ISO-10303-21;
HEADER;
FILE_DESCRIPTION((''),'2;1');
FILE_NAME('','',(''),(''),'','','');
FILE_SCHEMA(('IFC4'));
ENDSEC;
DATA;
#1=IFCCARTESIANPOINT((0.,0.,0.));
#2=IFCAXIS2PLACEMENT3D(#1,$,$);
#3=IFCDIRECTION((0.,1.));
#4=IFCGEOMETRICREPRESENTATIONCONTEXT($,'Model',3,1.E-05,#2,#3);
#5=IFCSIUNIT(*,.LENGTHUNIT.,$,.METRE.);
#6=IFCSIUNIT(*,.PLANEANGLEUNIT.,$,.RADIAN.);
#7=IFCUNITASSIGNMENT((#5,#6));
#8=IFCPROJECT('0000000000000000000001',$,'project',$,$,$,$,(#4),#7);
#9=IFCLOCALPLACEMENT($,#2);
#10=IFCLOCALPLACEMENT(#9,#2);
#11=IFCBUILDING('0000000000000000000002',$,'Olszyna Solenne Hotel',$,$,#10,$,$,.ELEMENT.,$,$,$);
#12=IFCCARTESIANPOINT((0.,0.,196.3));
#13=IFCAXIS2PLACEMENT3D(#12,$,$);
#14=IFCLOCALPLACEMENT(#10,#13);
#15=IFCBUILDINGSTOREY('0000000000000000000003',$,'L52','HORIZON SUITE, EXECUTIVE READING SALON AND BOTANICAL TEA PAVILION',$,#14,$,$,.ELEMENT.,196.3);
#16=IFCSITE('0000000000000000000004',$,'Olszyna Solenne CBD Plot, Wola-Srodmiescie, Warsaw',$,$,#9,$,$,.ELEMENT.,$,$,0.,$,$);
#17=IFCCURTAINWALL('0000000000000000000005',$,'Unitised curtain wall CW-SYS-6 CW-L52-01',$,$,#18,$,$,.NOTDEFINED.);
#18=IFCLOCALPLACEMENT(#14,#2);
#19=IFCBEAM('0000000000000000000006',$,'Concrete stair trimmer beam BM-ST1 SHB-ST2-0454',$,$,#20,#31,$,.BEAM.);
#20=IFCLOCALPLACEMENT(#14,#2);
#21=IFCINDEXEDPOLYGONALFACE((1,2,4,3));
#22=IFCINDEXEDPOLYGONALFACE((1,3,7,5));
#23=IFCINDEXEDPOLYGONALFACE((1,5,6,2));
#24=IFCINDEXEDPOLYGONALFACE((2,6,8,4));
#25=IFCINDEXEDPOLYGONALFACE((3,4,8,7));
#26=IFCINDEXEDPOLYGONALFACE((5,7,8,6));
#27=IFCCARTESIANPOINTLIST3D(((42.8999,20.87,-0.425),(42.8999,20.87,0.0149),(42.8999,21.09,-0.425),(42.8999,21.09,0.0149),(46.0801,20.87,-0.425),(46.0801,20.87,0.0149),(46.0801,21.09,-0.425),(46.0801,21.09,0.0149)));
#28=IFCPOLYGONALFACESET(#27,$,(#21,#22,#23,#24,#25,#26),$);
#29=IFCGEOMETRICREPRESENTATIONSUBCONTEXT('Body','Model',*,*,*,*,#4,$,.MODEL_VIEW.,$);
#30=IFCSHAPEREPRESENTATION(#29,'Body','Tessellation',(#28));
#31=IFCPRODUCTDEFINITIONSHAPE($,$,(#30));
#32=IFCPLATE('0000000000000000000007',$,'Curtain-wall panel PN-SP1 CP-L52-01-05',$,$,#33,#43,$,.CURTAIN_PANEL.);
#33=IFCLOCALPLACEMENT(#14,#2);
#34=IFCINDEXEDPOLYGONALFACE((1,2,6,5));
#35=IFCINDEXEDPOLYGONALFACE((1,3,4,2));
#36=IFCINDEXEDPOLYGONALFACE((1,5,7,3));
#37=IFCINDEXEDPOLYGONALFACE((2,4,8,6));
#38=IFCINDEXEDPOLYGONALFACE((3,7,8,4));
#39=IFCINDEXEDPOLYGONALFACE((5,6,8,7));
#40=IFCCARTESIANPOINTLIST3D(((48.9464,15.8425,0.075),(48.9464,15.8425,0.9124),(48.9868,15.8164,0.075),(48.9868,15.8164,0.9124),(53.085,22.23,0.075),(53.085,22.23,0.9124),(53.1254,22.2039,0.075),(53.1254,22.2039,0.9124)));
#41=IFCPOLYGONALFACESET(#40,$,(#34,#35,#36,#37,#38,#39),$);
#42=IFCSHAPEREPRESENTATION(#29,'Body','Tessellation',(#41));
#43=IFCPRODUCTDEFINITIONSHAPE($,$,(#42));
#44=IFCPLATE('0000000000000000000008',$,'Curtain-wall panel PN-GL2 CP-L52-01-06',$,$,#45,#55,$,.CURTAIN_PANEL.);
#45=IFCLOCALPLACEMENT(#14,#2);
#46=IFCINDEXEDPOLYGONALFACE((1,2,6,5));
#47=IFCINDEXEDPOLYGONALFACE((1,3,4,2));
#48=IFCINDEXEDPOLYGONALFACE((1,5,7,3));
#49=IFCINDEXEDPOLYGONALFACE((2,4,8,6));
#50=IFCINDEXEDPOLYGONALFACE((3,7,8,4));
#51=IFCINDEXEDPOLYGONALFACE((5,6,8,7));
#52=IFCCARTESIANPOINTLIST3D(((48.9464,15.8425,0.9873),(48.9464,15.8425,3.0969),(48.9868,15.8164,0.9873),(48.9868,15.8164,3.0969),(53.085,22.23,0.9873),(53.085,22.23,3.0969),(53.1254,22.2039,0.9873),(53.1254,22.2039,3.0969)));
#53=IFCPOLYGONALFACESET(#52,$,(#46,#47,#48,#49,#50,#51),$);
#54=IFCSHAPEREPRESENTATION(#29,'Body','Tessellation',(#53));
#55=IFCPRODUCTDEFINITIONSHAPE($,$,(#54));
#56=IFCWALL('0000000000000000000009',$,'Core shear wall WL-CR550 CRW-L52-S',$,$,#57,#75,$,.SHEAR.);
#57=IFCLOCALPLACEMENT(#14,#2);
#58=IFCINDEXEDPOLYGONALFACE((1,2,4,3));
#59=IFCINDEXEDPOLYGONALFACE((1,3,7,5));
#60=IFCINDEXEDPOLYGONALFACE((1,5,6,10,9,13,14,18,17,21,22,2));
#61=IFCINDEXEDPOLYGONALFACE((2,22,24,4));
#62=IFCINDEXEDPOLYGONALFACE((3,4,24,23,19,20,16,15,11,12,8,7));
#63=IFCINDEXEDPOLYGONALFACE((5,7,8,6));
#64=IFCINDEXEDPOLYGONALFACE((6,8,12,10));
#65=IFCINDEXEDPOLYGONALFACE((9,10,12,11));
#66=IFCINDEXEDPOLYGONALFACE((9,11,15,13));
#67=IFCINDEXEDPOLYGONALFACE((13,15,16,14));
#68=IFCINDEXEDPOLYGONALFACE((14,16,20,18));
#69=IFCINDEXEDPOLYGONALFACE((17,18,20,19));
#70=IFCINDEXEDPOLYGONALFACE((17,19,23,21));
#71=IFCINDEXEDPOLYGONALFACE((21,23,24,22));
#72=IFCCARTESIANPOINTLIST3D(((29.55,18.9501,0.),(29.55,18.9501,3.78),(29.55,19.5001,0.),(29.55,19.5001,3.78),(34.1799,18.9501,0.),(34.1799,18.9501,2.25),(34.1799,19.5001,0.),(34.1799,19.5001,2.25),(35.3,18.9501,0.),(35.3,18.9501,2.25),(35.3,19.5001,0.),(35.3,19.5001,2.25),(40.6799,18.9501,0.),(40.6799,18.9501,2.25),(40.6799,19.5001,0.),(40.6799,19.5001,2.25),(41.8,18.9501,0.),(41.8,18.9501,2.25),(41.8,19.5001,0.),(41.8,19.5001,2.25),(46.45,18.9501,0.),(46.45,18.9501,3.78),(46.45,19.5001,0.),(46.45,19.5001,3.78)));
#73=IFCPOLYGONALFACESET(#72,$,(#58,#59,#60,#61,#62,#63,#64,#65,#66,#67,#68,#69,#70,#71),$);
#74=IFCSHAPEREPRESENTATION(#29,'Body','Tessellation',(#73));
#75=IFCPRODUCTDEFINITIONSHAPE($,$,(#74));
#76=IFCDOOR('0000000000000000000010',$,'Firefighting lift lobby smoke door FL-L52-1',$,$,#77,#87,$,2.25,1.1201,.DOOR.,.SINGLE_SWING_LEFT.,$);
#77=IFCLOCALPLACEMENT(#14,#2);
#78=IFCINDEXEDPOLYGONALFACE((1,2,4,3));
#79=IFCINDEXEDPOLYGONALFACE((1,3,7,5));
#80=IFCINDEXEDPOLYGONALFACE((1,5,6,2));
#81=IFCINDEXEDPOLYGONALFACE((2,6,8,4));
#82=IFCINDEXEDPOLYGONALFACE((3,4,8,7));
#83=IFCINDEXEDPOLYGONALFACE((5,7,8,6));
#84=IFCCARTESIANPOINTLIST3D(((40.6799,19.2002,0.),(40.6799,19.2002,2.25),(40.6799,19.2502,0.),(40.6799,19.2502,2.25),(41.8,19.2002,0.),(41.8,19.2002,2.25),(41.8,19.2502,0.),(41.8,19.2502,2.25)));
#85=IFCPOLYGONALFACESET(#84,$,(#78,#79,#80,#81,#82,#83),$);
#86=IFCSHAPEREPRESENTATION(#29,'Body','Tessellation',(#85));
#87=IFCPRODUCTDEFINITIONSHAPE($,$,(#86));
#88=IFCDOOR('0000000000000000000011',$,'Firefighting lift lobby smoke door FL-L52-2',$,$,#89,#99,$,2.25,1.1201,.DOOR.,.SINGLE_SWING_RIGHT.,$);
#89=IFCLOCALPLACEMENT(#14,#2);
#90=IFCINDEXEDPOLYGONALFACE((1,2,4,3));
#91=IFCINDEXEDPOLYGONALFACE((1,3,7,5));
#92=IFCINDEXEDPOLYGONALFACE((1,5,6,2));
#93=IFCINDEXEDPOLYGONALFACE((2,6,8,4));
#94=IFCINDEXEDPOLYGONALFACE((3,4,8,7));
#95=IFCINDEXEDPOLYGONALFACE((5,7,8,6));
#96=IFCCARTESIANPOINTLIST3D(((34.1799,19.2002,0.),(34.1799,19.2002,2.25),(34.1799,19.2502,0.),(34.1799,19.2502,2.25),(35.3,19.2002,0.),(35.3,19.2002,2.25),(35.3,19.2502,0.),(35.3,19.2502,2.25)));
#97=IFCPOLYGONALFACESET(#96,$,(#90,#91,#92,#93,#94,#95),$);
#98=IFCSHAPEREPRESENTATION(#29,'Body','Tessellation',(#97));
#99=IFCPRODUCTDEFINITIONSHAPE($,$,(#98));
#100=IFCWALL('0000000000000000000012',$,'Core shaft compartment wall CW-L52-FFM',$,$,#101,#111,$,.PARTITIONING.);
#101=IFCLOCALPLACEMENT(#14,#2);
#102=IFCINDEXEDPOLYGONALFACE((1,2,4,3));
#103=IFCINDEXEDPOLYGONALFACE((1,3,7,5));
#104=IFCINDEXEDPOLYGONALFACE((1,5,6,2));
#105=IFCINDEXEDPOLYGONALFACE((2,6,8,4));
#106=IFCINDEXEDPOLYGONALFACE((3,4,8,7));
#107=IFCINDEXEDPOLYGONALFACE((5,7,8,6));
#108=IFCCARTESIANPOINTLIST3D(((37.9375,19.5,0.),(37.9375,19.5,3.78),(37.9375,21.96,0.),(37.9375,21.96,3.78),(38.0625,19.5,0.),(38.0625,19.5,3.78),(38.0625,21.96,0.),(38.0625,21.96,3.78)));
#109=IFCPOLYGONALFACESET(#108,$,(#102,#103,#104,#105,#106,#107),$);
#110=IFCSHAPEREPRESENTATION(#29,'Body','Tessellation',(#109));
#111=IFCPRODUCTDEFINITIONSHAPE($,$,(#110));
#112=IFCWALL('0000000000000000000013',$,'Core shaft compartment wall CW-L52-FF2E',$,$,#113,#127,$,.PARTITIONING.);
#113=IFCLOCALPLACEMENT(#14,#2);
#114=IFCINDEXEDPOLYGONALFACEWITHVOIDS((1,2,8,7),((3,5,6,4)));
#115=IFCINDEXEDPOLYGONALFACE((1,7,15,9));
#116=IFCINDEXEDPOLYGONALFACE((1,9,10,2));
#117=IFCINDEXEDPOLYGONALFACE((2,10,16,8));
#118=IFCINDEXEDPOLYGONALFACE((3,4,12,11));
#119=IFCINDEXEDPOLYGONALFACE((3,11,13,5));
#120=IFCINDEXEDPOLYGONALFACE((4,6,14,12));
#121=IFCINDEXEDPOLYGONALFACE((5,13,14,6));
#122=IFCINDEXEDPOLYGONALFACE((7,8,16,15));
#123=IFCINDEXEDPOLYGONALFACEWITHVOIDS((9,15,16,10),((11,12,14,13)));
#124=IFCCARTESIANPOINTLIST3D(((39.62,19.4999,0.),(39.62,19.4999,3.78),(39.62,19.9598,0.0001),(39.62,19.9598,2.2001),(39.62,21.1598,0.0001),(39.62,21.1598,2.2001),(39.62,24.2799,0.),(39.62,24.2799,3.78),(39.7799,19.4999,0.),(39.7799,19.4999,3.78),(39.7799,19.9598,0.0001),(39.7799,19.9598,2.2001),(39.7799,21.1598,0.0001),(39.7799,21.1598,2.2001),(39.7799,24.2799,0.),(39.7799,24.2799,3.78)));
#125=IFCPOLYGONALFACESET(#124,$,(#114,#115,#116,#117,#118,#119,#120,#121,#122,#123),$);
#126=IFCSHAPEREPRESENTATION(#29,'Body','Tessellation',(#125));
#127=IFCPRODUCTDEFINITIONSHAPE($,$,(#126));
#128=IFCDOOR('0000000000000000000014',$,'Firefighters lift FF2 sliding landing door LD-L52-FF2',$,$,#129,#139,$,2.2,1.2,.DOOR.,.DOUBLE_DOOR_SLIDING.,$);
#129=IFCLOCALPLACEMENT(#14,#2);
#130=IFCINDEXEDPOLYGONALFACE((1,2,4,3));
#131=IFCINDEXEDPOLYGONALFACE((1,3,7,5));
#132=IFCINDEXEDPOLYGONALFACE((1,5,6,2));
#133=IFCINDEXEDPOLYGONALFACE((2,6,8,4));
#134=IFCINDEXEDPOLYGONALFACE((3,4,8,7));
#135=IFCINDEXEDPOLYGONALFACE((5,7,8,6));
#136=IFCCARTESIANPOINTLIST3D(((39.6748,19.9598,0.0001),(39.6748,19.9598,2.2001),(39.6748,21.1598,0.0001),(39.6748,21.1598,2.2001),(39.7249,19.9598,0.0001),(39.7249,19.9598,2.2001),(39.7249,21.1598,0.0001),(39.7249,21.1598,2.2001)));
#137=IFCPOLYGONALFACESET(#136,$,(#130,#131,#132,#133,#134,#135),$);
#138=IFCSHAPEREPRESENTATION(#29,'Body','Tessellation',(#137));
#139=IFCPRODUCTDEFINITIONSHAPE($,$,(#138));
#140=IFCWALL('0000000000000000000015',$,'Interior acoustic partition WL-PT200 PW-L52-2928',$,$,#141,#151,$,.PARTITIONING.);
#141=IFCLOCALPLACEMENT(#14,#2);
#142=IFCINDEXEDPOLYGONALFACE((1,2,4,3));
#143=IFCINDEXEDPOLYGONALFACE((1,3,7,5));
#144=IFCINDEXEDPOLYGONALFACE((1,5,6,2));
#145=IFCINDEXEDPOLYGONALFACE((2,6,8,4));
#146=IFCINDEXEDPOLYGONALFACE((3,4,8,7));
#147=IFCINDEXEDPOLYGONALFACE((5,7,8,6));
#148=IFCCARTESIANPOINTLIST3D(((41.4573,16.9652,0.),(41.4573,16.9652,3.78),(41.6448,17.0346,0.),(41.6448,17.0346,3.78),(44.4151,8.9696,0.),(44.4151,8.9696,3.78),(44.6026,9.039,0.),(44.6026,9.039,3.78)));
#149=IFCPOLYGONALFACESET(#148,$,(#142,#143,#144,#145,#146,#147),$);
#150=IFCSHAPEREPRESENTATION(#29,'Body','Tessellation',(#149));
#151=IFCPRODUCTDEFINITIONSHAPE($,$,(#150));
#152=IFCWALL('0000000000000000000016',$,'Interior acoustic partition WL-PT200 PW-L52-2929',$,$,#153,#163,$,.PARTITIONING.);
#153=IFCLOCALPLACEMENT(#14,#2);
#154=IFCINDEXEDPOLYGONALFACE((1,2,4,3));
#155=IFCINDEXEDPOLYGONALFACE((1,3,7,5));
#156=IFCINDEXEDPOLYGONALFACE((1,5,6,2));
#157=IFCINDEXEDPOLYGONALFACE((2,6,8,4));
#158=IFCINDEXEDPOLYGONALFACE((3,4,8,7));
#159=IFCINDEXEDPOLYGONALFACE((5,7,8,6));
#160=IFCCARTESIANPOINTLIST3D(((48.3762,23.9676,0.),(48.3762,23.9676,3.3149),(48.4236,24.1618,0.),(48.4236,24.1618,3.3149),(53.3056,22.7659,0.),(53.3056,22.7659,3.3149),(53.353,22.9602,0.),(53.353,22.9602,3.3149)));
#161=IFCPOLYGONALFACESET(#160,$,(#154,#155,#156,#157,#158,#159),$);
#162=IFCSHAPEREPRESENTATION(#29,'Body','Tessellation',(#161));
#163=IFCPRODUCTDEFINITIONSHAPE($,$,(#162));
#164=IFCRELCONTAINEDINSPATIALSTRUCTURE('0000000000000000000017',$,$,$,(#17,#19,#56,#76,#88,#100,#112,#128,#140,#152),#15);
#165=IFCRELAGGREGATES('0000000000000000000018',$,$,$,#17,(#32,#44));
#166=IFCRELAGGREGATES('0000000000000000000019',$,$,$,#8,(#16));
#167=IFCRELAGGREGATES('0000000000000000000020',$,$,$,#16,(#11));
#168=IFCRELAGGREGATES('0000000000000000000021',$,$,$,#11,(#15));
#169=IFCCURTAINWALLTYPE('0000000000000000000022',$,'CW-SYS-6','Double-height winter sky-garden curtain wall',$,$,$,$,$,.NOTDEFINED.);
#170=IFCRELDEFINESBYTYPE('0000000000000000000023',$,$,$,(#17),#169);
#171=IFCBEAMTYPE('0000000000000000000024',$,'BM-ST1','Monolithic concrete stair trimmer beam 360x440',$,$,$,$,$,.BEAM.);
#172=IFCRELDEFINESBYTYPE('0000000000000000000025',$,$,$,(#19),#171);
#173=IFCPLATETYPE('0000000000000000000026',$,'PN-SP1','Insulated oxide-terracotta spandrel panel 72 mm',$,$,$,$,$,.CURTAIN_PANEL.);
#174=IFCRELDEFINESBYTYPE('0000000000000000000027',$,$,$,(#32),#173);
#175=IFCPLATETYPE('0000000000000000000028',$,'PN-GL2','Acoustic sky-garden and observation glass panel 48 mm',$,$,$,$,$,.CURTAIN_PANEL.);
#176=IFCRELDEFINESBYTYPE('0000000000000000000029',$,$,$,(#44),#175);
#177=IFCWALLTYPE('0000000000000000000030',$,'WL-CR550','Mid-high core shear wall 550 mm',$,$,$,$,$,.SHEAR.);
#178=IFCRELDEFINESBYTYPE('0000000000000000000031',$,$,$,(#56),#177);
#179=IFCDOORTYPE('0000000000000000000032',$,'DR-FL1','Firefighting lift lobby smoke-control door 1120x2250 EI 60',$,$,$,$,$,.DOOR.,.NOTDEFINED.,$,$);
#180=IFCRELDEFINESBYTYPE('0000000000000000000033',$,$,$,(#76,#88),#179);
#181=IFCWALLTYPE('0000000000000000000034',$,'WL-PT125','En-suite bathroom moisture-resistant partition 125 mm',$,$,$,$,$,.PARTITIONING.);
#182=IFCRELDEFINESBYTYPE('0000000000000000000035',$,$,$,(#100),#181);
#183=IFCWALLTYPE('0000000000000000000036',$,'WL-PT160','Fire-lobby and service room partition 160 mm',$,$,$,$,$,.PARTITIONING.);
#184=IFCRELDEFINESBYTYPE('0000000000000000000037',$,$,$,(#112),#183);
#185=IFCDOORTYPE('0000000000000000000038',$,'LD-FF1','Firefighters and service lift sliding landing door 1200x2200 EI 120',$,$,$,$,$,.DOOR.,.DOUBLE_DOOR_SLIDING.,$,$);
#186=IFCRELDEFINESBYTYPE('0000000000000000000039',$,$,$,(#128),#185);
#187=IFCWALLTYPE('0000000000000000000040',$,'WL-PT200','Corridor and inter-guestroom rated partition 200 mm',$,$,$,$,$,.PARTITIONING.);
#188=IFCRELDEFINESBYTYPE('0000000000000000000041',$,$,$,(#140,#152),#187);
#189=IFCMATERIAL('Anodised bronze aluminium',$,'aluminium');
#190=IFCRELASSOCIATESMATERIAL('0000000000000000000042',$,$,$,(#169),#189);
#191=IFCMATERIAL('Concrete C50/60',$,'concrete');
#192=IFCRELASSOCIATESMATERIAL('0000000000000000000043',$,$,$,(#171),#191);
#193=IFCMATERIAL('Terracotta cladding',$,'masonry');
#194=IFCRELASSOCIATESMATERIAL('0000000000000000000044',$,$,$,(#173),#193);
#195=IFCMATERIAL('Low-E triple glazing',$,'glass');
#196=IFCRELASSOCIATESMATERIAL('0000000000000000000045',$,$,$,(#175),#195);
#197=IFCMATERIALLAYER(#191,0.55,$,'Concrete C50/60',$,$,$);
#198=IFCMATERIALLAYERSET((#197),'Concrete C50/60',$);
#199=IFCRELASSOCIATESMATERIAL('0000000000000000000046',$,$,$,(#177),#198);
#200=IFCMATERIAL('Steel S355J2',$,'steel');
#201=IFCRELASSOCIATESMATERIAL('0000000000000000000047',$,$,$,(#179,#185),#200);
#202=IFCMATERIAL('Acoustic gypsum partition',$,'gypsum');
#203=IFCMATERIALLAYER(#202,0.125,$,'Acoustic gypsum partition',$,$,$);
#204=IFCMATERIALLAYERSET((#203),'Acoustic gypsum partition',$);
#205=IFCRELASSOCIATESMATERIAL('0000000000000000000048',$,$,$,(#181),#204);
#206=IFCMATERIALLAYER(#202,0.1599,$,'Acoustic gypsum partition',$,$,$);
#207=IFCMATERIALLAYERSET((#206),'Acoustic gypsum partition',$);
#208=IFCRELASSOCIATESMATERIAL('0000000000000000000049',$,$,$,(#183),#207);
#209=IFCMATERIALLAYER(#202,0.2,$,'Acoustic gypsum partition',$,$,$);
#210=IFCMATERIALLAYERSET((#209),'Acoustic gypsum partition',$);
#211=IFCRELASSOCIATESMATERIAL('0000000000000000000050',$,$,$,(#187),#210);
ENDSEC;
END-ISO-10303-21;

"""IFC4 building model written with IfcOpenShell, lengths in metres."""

from ifc_helpers import new_model, si_unit, direction, frame, frame_2d, origin, origin_2d, place, context, subcontext, project, spatial, rectangle, extrude, source, transform, mapped, material, layer, layer_set, material_profile, profile_set, type_object, type_shapes, element, fill, aggregate, save


model = new_model("IFC4")

# Units and contexts
model_context = context("Model", 3, precision=1e-05, world=origin(), true_north=direction((0.0, 1.0)))
body_context = subcontext(model_context, "Body", "Model", "MODEL_VIEW")
ifc_project = project(units=[si_unit("LENGTHUNIT", "METRE"), si_unit("PLANEANGLEUNIT", "RADIAN")], contexts=[model_context])

# Site, building, storey
site_placement = place(None, origin())
site = spatial("IfcSite", under=ifc_project, at=site_placement, Name="Olszyna Solenne CBD Plot, Wola-Srodmiescie, Warsaw", CompositionType="ELEMENT", RefElevation=0.0)
building_placement = place(site_placement, origin())
building = spatial("IfcBuilding", under=site, at=building_placement, Name="Olszyna Solenne Hotel", CompositionType="ELEMENT")
storey_placement = place(building_placement, frame((0.0, 0.0, 196.3)))
storey = spatial("IfcBuildingStorey", under=building, at=storey_placement, Name="L52", Description="HORIZON SUITE, EXECUTIVE READING SALON AND BOTANICAL TEA PAVILION", CompositionType="ELEMENT", Elevation=196.3)

# Shared definitions
ifc_material_1 = material(Name="Steel S355J2", Category="steel")

# Curtain wall
ifc_material_2 = material(Name="Anodised bronze aluminium", Category="aluminium")
curtain_wall_type = type_object("IfcCurtainWallType", Name="CW-SYS-6", Description="Double-height winter sky-garden curtain wall", PredefinedType="NOTDEFINED", material=ifc_material_2)
curtain_wall_placement = place(storey_placement, origin())
curtain_wall = element("IfcCurtainWall", 1, at=curtain_wall_placement, inside=storey, type_object=curtain_wall_type, Name="Unitised curtain wall CW-SYS-6 CW-L52-01", PredefinedType="NOTDEFINED")

# Beam
ifc_material_3 = material(Name="Concrete C50/60", Category="concrete")
ifc_material_profile_1 = material_profile(ifc_material_3, rectangle(XDim=0.22, YDim=0.4399, at=origin_2d()), Name="RC 220x440", Category="load-bearing")
ifc_profile_set_1 = profile_set([ifc_material_profile_1], Name="Concrete C50/60")
beam_type_1 = type_object("IfcBeamType", Name="BM-ST1", Description="Monolithic concrete stair trimmer beam 360x440", PredefinedType="BEAM", material=ifc_profile_set_1)
shared_shape_1 = source(origin(), body_context, "Body", "SweptSolid", [
    extrude(rectangle(XDim=0.22, YDim=0.4399, at=origin_2d()), origin(), (0.0, 0.0, 1.0), 3.1802),
])
beam_1_placement = place(storey_placement, frame((46.0801, 20.98, -0.2051), z_axis=(-1.0, 0.0, 0.0), x_axis=(0.0, -1.0, 0.0)))
element("IfcBeam", 2, at=beam_1_placement, inside=storey, type_object=beam_type_1, Name="Concrete stair trimmer beam BM-ST1 SHB-ST2-0454", PredefinedType="BEAM", context=body_context, shape_type="MappedRepresentation", body=[
    mapped(shared_shape_1, transform((0.0, 0.0, 0.0), x_axis=(1.0, 0.0, 0.0), y_axis=(0.0, 1.0, 0.0), z_axis=(0.0, 0.0, 1.0), scale=1.0)),
])

# Plates
ifc_material_4 = material(Name="Terracotta cladding", Category="masonry")
plate_type_1 = type_object("IfcPlateType", Name="PN-SP1", Description="Insulated oxide-terracotta spandrel panel 72 mm", PredefinedType="CURTAIN_PANEL", material=ifc_material_4)
shared_shape_2 = source(origin(), body_context, "Body", "SweptSolid", [
    extrude(rectangle(XDim=7.6111, YDim=0.0481, at=origin_2d()), origin(), (0.0, 0.0, 1.0), 0.8374),
])
plate_1_placement = place(storey_placement, frame((51.0359, 19.0232, 0.075), z_axis=(0.0, 0.0, 1.0), x_axis=(0.543762, 0.83924, 0.0)))
plate_1 = element("IfcPlate", 3, at=plate_1_placement, type_object=plate_type_1, Name="Curtain-wall panel PN-SP1 CP-L52-01-05", PredefinedType="CURTAIN_PANEL", context=body_context, shape_type="MappedRepresentation", body=[
    mapped(shared_shape_2, transform((0.0, 0.0, 0.0), x_axis=(1.0, 0.0, 0.0), y_axis=(0.0, 1.0, 0.0), z_axis=(0.0, 0.0, 1.0), scale=1.0)),
])
ifc_material_5 = material(Name="Low-E triple glazing", Category="glass")
plate_type_2 = type_object("IfcPlateType", Name="PN-GL2", Description="Acoustic sky-garden and observation glass panel 48 mm", PredefinedType="CURTAIN_PANEL", material=ifc_material_5)
shared_shape_3 = source(origin(), body_context, "Body", "SweptSolid", [
    extrude(rectangle(XDim=7.6111, YDim=0.0481, at=origin_2d()), origin(), (0.0, 0.0, 1.0), 2.1096),
])
plate_2_placement = place(storey_placement, frame((51.0359, 19.0232, 0.9873), z_axis=(0.0, 0.0, 1.0), x_axis=(0.543762, 0.83924, 0.0)))
plate_2 = element("IfcPlate", 4, at=plate_2_placement, type_object=plate_type_2, Name="Curtain-wall panel PN-GL2 CP-L52-01-06", PredefinedType="CURTAIN_PANEL", context=body_context, shape_type="MappedRepresentation", body=[
    mapped(shared_shape_3, transform((0.0, 0.0, 0.0), x_axis=(1.0, 0.0, 0.0), y_axis=(0.0, 1.0, 0.0), z_axis=(0.0, 0.0, 1.0), scale=1.0)),
])
aggregate(curtain_wall, [plate_1, plate_2])

# Wall, openings, doors
ifc_layer_1 = layer(ifc_material_3, 0.55, Name="Concrete C50/60")
ifc_layer_set_1 = layer_set([ifc_layer_1], Name="Concrete C50/60")
wall_type_1 = type_object("IfcWallType", Name="WL-CR550", Description="Mid-high core shear wall 550 mm", PredefinedType="SHEAR", material=ifc_layer_set_1)
wall_1_placement = place(storey_placement, frame((46.45, 19.2251, 0.0), z_axis=(0.0, 0.0, 1.0), x_axis=(-1.0, 0.0, 0.0)))
wall_1 = element("IfcWall", 5, at=wall_1_placement, inside=storey, type_object=wall_type_1, Name="Core shear wall WL-CR550 CRW-L52-S", PredefinedType="SHEAR", context=body_context, shape_type="SweptSolid", body=[
    extrude(rectangle(XDim=16.8999, YDim=0.55, at=frame_2d((8.45, 0.0))), origin(), (0.0, 0.0, 1.0), 3.78),
])
opening_1_placement = place(wall_1_placement, frame((4.6499, 0.0, 0.0)))
opening_1 = element("IfcOpeningElement", 6, at=opening_1_placement, cuts=wall_1, PredefinedType="OPENING", context=body_context, shape_type="SweptSolid", body=[
    extrude(rectangle(XDim=1.1201, YDim=2.25, at=frame_2d((0.5601, 1.125))), frame((0.0, 0.2852, 0.0), z_axis=(0.0, -1.0, 0.0), x_axis=(1.0, 0.0, 0.0)), (0.0, 0.0, 1.0), 0.5701),
])
opening_2_placement = place(wall_1_placement, frame((11.1499, 0.0, 0.0)))
opening_2 = element("IfcOpeningElement", 7, at=opening_2_placement, cuts=wall_1, PredefinedType="OPENING", context=body_context, shape_type="SweptSolid", body=[
    extrude(rectangle(XDim=1.1201, YDim=2.25, at=frame_2d((0.5601, 1.125))), frame((0.0, 0.2852, 0.0), z_axis=(0.0, -1.0, 0.0), x_axis=(1.0, 0.0, 0.0)), (0.0, 0.0, 1.0), 0.5701),
])
door_type_1 = type_object("IfcDoorType", Name="DR-FL1", Description="Firefighting lift lobby smoke-control door 1120x2250 EI 60", OperationType="NOTDEFINED", PredefinedType="DOOR", material=ifc_material_1)
shared_shape_4 = source(origin(), body_context, "Body", "SweptSolid", [
    extrude(rectangle(XDim=1.1201, YDim=2.25, at=frame_2d((0.5601, 1.125))), frame((0.0, 0.0249, 0.0), z_axis=(0.0, -1.0, 0.0), x_axis=(1.0, 0.0, 0.0)), (0.0, 0.0, 1.0), 0.05),
])
type_shapes(door_type_1, [shared_shape_4])
door_1_placement = place(opening_1_placement, origin())
door_1 = element("IfcDoor", 8, at=door_1_placement, inside=storey, type_object=door_type_1, Name="Firefighting lift lobby smoke door FL-L52-1", OperationType="SINGLE_SWING_LEFT", OverallHeight=2.25, OverallWidth=1.1201, PredefinedType="DOOR", context=body_context, shape_type="MappedRepresentation", body=[
    mapped(shared_shape_4, transform((0.0, 0.0, 0.0), x_axis=(1.0, 0.0, 0.0), y_axis=(0.0, 1.0, 0.0), z_axis=(0.0, 0.0, 1.0), scale=1.0)),
])
fill(opening_1, door_1)
door_2_placement = place(opening_2_placement, origin())
door_2 = element("IfcDoor", 9, at=door_2_placement, inside=storey, type_object=door_type_1, Name="Firefighting lift lobby smoke door FL-L52-2", OperationType="SINGLE_SWING_RIGHT", OverallHeight=2.25, OverallWidth=1.1201, PredefinedType="DOOR", context=body_context, shape_type="MappedRepresentation", body=[
    mapped(shared_shape_4, transform((0.0, 0.0, 0.0), x_axis=(1.0, 0.0, 0.0), y_axis=(0.0, 1.0, 0.0), z_axis=(0.0, 0.0, 1.0), scale=1.0)),
])
fill(opening_2, door_2)

# Wall
ifc_material_6 = material(Name="Acoustic gypsum partition", Category="gypsum")
ifc_layer_2 = layer(ifc_material_6, 0.125, Name="Acoustic gypsum partition")
ifc_layer_set_2 = layer_set([ifc_layer_2], Name="Acoustic gypsum partition")
wall_type_2 = type_object("IfcWallType", Name="WL-PT125", Description="En-suite bathroom moisture-resistant partition 125 mm", PredefinedType="PARTITIONING", material=ifc_layer_set_2)
wall_2_placement = place(storey_placement, frame((38.0, 19.5, 0.0), z_axis=(0.0, 0.0, 1.0), x_axis=(0.0, 1.0, 0.0)))
element("IfcWall", 10, at=wall_2_placement, inside=storey, type_object=wall_type_2, Name="Core shaft compartment wall CW-L52-FFM", PredefinedType="PARTITIONING", context=body_context, shape_type="SweptSolid", body=[
    extrude(rectangle(XDim=2.46, YDim=0.125, at=frame_2d((1.23, 0.0))), origin(), (0.0, 0.0, 1.0), 3.78),
])

# Wall, opening, door
ifc_layer_3 = layer(ifc_material_6, 0.1599, Name="Acoustic gypsum partition")
ifc_layer_set_3 = layer_set([ifc_layer_3], Name="Acoustic gypsum partition")
wall_type_3 = type_object("IfcWallType", Name="WL-PT160", Description="Fire-lobby and service room partition 160 mm", PredefinedType="PARTITIONING", material=ifc_layer_set_3)
wall_3_placement = place(storey_placement, frame((39.7, 24.28, 0.0), z_axis=(0.0, 0.0, 1.0), x_axis=(0.0, -1.0, 0.0)))
wall_3 = element("IfcWall", 11, at=wall_3_placement, inside=storey, type_object=wall_type_3, Name="Core shaft compartment wall CW-L52-FF2E", PredefinedType="PARTITIONING", context=body_context, shape_type="SweptSolid", body=[
    extrude(rectangle(XDim=4.78, YDim=0.1599, at=frame_2d((2.3901, 0.0))), origin(), (0.0, 0.0, 1.0), 3.78),
])
opening_3_placement = place(wall_3_placement, frame((3.1201, 0.0, 0.0)))
opening_3 = element("IfcOpeningElement", 12, at=opening_3_placement, cuts=wall_3, PredefinedType="OPENING", context=body_context, shape_type="SweptSolid", body=[
    extrude(rectangle(XDim=1.2, YDim=2.2, at=frame_2d((0.6001, 1.1001))), frame((0.0, 0.0898, 0.0), z_axis=(0.0, -1.0, 0.0), x_axis=(1.0, 0.0, 0.0)), (0.0, 0.0, 1.0), 0.1799),
])
door_type_2 = type_object("IfcDoorType", Name="LD-FF1", Description="Firefighters and service lift sliding landing door 1200x2200 EI 120", OperationType="DOUBLE_DOOR_SLIDING", PredefinedType="DOOR", material=ifc_material_1)
shared_shape_5 = source(origin(), body_context, "Body", "SweptSolid", [
    extrude(rectangle(XDim=1.2, YDim=2.2, at=frame_2d((0.6001, 1.1001))), frame((0.0, 0.0249, 0.0), z_axis=(0.0, -1.0, 0.0), x_axis=(1.0, 0.0, 0.0)), (0.0, 0.0, 1.0), 0.05),
])
type_shapes(door_type_2, [shared_shape_5])
door_3_placement = place(opening_3_placement, origin())
door_3 = element("IfcDoor", 13, at=door_3_placement, inside=storey, type_object=door_type_2, Name="Firefighters lift FF2 sliding landing door LD-L52-FF2", OperationType="DOUBLE_DOOR_SLIDING", OverallHeight=2.2, OverallWidth=1.2, PredefinedType="DOOR", context=body_context, shape_type="MappedRepresentation", body=[
    mapped(shared_shape_5, transform((0.0, 0.0, 0.0), x_axis=(1.0, 0.0, 0.0), y_axis=(0.0, 1.0, 0.0), z_axis=(0.0, 0.0, 1.0), scale=1.0)),
])
fill(opening_3, door_3)

# Walls
ifc_layer_4 = layer(ifc_material_6, 0.2, Name="Acoustic gypsum partition")
ifc_layer_set_4 = layer_set([ifc_layer_4], Name="Acoustic gypsum partition")
wall_type_4 = type_object("IfcWallType", Name="WL-PT200", Description="Corridor and inter-guestroom rated partition 200 mm", PredefinedType="PARTITIONING", material=ifc_layer_set_4)
wall_4_placement = place(storey_placement, frame((41.551, 17.0, 0.0), z_axis=(0.0, 0.0, 1.0), x_axis=(0.346946, -0.937885, 0.0)))
element("IfcWall", 14, at=wall_4_placement, inside=storey, type_object=wall_type_4, Name="Interior acoustic partition WL-PT200 PW-L52-2928", PredefinedType="PARTITIONING", context=body_context, shape_type="SweptSolid", body=[
    extrude(rectangle(XDim=8.5251, YDim=0.2, at=frame_2d((4.2627, 0.0))), origin(), (0.0, 0.0, 1.0), 3.78),
])
wall_5_placement = place(storey_placement, frame((48.3999, 24.0647, 0.0), z_axis=(0.0, 0.0, 1.0), x_axis=(0.97155, -0.236837, 0.0)))
element("IfcWall", 15, at=wall_5_placement, inside=storey, type_object=wall_type_4, Name="Interior acoustic partition WL-PT200 PW-L52-2929", PredefinedType="PARTITIONING", context=body_context, shape_type="SweptSolid", body=[
    extrude(rectangle(XDim=5.0737, YDim=0.2, at=frame_2d((2.5369, 0.0))), origin(), (0.0, 0.0, 1.0), 3.3149),
])

save(model, "model.ifc")
